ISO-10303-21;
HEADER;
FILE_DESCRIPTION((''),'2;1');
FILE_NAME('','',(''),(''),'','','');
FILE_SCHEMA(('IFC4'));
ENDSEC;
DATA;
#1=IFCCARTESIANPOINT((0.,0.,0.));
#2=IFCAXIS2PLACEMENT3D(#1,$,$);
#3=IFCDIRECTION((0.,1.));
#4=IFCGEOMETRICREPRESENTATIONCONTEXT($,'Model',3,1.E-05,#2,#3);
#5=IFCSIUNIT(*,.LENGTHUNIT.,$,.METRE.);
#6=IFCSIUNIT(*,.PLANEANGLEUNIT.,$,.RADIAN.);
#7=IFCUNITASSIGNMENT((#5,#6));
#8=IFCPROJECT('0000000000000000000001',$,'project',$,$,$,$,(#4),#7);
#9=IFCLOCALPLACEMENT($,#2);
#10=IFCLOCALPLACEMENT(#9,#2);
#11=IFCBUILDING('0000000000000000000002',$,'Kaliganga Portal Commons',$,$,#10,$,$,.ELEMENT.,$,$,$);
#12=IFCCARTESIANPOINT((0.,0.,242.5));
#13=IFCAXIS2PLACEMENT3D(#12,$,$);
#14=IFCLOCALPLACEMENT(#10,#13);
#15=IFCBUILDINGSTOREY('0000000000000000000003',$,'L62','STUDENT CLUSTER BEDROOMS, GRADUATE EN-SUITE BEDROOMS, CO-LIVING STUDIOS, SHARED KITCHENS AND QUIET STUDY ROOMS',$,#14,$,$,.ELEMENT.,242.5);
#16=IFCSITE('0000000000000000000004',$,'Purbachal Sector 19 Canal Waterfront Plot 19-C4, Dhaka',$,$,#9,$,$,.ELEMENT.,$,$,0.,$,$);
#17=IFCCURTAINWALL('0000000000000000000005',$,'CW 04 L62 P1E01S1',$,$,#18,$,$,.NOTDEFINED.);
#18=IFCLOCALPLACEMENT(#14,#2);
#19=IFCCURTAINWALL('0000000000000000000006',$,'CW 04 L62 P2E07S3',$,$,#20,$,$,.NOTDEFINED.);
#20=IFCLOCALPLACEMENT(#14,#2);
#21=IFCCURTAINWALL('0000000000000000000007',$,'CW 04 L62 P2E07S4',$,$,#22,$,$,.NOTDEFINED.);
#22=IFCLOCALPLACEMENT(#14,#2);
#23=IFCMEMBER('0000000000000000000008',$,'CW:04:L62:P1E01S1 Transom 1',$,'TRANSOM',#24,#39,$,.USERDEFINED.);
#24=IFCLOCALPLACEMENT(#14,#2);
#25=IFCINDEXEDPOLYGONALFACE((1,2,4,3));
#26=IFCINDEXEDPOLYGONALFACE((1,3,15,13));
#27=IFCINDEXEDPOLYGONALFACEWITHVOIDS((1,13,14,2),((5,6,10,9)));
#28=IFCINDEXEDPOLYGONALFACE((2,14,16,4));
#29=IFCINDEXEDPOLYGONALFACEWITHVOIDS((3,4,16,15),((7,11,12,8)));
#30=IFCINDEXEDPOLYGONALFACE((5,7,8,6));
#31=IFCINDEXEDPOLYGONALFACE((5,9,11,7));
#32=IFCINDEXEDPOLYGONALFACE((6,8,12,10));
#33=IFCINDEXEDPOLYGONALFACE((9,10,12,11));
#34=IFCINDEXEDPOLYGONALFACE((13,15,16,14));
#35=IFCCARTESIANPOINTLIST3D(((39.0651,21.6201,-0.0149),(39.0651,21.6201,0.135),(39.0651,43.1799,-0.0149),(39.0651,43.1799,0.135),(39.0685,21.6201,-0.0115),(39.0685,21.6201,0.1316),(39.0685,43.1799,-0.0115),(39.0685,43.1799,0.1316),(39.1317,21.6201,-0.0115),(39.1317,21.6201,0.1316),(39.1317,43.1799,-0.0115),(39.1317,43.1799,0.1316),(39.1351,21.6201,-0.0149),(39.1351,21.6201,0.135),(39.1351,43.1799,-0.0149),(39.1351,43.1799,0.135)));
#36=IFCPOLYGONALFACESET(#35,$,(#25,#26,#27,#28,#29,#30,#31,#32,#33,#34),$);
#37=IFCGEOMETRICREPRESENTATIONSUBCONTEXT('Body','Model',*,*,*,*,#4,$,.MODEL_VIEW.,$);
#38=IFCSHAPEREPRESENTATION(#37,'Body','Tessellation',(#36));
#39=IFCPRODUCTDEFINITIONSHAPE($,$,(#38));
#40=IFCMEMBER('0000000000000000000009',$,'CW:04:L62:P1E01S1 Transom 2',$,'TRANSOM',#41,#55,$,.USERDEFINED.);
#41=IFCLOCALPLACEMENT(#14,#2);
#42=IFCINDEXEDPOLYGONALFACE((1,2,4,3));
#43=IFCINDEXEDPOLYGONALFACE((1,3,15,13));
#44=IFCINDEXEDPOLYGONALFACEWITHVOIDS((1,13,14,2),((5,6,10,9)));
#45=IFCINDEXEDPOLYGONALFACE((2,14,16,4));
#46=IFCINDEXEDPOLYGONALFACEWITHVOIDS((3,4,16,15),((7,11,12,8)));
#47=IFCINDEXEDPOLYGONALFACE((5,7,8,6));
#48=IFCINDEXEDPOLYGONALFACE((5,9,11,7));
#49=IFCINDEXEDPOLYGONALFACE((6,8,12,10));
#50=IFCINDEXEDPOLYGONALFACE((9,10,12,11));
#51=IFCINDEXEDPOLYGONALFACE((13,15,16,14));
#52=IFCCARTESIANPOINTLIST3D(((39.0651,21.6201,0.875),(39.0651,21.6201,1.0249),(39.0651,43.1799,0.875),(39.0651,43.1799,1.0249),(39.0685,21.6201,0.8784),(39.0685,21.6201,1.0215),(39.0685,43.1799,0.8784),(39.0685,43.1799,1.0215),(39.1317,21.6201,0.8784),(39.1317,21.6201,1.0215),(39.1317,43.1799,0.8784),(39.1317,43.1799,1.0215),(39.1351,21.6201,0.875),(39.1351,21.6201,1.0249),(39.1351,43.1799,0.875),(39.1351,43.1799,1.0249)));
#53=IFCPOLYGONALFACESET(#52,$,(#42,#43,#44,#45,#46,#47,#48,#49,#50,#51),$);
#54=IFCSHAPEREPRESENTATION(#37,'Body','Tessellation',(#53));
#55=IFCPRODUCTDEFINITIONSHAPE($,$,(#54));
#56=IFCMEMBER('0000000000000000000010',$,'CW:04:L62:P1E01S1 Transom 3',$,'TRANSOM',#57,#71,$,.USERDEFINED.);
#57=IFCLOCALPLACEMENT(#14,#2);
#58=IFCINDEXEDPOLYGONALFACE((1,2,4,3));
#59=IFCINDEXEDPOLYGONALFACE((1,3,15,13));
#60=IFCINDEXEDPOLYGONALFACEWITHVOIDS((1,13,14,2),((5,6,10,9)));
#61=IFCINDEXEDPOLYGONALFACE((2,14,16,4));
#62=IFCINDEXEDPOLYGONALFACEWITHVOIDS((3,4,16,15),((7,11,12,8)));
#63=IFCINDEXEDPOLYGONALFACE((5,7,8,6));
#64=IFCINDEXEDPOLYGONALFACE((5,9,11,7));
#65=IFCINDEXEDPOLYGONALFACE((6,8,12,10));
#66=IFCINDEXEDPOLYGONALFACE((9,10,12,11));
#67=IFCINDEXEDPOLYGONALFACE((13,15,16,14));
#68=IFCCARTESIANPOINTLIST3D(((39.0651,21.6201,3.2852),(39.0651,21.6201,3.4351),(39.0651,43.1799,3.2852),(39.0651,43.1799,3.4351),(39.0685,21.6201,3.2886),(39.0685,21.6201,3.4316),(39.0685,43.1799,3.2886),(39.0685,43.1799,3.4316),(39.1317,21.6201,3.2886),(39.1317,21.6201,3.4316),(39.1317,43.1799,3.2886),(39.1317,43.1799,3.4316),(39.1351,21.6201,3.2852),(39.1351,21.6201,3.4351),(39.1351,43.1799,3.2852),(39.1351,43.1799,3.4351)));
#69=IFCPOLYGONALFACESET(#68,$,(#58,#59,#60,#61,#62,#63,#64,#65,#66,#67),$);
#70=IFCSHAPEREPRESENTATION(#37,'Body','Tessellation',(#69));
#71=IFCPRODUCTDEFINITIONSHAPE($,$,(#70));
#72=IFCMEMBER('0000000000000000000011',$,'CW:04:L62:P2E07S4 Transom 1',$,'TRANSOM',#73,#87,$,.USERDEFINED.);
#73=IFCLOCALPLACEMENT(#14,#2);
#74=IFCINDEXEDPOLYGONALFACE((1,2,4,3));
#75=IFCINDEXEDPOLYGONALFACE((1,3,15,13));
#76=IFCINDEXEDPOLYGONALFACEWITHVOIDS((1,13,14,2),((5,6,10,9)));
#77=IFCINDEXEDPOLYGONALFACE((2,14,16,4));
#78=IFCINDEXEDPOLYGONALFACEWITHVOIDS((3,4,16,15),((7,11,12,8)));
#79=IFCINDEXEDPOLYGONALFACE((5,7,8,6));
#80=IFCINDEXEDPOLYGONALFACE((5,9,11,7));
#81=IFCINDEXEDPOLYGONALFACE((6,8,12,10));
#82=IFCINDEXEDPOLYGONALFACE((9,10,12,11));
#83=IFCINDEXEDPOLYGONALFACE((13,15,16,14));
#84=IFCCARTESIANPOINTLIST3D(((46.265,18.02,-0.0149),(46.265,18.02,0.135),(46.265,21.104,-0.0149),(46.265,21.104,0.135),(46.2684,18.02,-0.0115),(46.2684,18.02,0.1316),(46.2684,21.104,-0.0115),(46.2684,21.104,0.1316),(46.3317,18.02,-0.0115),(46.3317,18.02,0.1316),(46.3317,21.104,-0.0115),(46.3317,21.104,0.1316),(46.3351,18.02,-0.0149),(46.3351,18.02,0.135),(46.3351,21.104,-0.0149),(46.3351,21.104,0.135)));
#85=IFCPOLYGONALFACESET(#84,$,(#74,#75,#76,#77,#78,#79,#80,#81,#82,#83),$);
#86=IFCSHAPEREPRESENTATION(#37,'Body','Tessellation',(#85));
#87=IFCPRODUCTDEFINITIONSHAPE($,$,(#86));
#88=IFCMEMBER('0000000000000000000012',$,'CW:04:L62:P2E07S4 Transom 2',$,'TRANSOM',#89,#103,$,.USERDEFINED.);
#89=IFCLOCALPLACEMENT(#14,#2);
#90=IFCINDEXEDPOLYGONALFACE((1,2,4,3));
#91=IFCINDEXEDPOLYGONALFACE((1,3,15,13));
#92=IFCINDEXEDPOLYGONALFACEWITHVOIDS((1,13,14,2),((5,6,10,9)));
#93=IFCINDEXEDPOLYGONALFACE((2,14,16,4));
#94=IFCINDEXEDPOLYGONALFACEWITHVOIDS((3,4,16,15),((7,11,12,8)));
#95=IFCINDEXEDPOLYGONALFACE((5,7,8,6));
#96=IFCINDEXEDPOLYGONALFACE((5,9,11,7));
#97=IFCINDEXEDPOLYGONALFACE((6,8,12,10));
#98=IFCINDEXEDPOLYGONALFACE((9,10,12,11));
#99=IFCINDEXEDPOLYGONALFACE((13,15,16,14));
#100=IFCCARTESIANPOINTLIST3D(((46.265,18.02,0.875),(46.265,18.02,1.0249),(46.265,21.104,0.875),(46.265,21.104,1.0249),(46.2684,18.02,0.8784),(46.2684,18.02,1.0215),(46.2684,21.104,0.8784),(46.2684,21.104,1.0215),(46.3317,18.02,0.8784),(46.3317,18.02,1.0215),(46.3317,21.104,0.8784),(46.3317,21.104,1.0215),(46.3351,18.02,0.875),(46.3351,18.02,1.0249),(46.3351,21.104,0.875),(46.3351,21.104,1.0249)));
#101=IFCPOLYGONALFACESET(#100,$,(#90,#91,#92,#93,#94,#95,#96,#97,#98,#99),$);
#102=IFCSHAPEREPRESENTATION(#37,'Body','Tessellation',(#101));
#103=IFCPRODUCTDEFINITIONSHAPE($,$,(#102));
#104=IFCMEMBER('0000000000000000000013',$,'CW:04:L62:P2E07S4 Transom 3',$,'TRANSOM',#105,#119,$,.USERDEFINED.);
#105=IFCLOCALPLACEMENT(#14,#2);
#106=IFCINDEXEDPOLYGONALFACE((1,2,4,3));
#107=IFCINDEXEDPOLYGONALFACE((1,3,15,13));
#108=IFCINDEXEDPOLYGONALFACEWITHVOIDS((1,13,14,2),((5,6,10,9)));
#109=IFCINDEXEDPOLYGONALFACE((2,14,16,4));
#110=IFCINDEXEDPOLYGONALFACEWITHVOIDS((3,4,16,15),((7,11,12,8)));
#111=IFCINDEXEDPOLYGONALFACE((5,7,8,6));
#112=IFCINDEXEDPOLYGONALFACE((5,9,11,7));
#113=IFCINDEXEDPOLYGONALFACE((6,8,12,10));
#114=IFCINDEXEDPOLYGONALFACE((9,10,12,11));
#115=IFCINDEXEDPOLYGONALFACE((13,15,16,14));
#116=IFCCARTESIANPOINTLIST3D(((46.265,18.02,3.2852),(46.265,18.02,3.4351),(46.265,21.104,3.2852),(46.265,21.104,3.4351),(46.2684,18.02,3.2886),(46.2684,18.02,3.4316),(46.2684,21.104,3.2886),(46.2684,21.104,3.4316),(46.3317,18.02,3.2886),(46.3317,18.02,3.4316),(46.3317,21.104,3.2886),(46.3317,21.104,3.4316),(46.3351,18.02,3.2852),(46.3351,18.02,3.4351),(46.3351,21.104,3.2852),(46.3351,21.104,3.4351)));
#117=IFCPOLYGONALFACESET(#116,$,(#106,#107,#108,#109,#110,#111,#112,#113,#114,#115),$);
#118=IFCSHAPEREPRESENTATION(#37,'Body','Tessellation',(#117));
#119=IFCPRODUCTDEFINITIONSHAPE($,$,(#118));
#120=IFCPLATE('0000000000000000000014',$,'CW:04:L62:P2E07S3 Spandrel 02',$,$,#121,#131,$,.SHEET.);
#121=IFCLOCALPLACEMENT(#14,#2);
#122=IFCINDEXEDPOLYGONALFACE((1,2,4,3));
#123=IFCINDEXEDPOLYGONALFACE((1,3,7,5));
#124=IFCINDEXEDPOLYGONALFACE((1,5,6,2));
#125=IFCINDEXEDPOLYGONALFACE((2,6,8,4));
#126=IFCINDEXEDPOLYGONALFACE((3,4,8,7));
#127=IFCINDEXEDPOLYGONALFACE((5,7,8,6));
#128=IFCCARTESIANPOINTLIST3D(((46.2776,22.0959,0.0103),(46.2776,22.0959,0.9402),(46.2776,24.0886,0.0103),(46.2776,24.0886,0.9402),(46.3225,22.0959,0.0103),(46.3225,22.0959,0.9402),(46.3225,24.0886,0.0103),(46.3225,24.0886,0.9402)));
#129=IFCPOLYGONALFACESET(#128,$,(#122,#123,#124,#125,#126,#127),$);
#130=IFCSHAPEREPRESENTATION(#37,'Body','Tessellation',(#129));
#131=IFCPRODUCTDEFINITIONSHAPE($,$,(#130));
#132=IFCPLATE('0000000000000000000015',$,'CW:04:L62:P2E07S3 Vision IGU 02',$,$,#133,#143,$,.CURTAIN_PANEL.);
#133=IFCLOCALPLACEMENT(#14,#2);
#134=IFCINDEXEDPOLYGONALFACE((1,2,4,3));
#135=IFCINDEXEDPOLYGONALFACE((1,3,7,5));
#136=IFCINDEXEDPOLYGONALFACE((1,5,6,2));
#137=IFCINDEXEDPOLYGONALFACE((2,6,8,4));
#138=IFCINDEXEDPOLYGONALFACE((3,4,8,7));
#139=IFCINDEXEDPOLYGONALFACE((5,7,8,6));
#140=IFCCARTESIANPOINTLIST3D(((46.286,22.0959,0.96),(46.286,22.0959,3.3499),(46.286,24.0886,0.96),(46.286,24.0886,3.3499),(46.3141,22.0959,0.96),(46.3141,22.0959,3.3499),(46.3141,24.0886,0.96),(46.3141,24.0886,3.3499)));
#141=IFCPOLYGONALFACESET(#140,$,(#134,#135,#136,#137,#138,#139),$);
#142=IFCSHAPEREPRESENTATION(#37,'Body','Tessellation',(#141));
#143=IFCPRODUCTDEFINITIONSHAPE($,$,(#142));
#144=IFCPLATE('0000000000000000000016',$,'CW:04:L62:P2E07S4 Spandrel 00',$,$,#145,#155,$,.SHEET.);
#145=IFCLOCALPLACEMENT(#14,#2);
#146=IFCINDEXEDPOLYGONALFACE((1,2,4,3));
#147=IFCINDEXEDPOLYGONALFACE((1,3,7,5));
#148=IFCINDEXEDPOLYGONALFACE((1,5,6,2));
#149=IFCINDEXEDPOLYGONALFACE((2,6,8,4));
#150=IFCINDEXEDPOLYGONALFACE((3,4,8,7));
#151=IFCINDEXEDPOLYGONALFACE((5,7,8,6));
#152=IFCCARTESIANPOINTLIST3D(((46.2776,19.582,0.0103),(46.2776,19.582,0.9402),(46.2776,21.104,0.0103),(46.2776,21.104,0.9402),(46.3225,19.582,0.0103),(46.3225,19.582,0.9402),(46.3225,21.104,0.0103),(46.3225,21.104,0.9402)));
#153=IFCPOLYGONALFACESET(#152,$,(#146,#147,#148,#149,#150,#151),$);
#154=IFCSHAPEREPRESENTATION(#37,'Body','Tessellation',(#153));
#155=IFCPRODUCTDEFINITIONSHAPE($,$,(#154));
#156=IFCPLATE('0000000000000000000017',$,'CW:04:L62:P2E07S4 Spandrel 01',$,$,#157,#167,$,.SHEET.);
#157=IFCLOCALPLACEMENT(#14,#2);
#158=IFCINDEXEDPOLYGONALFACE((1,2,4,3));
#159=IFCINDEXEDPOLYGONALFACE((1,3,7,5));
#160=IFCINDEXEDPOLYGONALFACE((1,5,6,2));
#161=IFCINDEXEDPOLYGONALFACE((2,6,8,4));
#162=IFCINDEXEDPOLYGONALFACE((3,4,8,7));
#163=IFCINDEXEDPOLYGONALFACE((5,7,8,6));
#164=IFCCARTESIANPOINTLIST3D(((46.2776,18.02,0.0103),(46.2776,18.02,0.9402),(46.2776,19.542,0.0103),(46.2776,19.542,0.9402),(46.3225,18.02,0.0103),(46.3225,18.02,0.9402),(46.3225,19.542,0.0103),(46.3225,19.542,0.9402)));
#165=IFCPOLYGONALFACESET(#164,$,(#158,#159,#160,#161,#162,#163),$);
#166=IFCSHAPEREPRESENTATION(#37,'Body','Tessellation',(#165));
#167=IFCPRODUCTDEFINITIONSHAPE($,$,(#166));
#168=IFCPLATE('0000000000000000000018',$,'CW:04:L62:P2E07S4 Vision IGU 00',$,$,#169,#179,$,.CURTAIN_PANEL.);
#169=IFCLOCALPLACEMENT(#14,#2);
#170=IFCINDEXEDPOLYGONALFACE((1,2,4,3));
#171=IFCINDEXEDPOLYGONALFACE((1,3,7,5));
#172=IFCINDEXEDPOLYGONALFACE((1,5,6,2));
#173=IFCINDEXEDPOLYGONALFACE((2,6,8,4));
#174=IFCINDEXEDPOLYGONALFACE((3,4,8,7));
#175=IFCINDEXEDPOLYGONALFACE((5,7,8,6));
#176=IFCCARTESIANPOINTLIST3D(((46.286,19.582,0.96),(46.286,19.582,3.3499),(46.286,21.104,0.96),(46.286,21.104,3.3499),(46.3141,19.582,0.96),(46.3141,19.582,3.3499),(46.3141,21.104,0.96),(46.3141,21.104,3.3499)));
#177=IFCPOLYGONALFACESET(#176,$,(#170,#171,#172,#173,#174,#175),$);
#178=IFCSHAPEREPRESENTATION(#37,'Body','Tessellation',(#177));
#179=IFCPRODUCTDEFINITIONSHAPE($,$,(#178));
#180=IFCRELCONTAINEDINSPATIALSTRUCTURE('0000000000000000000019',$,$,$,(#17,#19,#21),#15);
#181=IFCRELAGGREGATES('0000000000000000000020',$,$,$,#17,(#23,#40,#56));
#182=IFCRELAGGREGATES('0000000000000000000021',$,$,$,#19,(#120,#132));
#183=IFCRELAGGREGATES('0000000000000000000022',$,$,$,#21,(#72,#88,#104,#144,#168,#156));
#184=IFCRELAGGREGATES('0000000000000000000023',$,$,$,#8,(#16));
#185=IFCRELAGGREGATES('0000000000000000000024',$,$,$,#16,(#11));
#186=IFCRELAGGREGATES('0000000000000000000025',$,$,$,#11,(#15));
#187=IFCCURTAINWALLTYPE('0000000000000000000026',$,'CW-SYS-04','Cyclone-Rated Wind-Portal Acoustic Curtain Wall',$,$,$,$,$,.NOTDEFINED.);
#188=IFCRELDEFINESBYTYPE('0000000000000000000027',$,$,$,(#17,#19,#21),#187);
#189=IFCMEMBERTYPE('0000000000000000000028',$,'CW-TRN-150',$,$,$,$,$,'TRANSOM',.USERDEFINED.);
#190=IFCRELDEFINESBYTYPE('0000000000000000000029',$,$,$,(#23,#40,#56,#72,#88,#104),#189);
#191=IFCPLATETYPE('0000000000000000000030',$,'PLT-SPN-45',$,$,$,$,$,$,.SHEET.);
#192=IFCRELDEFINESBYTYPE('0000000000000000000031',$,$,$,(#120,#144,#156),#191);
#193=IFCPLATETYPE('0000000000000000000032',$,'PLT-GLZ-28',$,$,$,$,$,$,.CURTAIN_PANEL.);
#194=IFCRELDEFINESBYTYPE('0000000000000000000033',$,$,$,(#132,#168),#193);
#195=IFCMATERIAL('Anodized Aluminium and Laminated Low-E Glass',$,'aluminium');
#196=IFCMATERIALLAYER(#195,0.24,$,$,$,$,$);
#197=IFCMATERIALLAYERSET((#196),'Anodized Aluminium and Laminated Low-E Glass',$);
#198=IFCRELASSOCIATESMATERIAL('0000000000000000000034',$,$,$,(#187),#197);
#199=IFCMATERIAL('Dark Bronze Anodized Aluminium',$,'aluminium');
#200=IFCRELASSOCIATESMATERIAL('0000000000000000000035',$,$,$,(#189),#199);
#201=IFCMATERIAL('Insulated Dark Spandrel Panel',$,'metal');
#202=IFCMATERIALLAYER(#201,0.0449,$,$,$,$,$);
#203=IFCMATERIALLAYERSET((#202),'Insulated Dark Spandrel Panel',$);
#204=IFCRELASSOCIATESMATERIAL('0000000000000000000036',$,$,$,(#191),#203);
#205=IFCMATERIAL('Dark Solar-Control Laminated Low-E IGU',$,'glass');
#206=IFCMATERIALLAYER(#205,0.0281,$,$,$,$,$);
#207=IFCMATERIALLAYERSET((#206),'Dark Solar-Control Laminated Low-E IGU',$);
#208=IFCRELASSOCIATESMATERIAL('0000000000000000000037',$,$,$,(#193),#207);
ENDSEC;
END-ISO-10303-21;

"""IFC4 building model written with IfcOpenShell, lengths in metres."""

from ifc_helpers import new_model, si_unit, direction, frame, origin, origin_2d, place, context, subcontext, project, spatial, rectangle, hollow_rectangle, extrude, source, transform, mapped, material, layer, layer_set, material_profile, profile_set, type_object, element, aggregate, save


model = new_model("IFC4")

# Units and contexts
model_context = context("Model", 3, precision=1e-05, world=origin(), true_north=direction((0.0, 1.0)))
body_context = subcontext(model_context, "Body", "Model", "MODEL_VIEW")
ifc_project = project(units=[si_unit("LENGTHUNIT", "METRE"), si_unit("PLANEANGLEUNIT", "RADIAN")], contexts=[model_context])

# Site, building, storey
site_placement = place(None, origin())
site = spatial("IfcSite", under=ifc_project, at=site_placement, Name="Purbachal Sector 19 Canal Waterfront Plot 19-C4, Dhaka", CompositionType="ELEMENT", RefElevation=0.0)
building_placement = place(site_placement, origin())
building = spatial("IfcBuilding", under=site, at=building_placement, Name="Kaliganga Portal Commons", CompositionType="ELEMENT")
storey_placement = place(building_placement, frame((0.0, 0.0, 242.5)))
storey = spatial("IfcBuildingStorey", under=building, at=storey_placement, Name="L62", Description="STUDENT CLUSTER BEDROOMS, GRADUATE EN-SUITE BEDROOMS, CO-LIVING STUDIOS, SHARED KITCHENS AND QUIET STUDY ROOMS", CompositionType="ELEMENT", Elevation=242.5)

# Curtain wall
ifc_material_1 = material(Name="Anodized Aluminium and Laminated Low-E Glass", Category="aluminium")
ifc_layer_1 = layer(ifc_material_1, 0.24)
ifc_layer_set_1 = layer_set([ifc_layer_1], Name="Anodized Aluminium and Laminated Low-E Glass")
curtain_wall_type = type_object("IfcCurtainWallType", Name="CW-SYS-04", Description="Cyclone-Rated Wind-Portal Acoustic Curtain Wall", PredefinedType="NOTDEFINED", material=ifc_layer_set_1)
curtain_wall_1_placement = place(storey_placement, origin())
curtain_wall_1 = element("IfcCurtainWall", 1, at=curtain_wall_1_placement, inside=storey, type_object=curtain_wall_type, Name="CW 04 L62 P1E01S1", PredefinedType="NOTDEFINED")
ifc_material_2 = material(Name="Dark Bronze Anodized Aluminium", Category="aluminium")

# Curtain wall
curtain_wall_2_placement = place(storey_placement, origin())
curtain_wall_2 = element("IfcCurtainWall", 2, at=curtain_wall_2_placement, inside=storey, type_object=curtain_wall_type, Name="CW 04 L62 P2E07S3", PredefinedType="NOTDEFINED")

# Curtain wall
curtain_wall_3_placement = place(storey_placement, origin())
curtain_wall_3 = element("IfcCurtainWall", 3, at=curtain_wall_3_placement, inside=storey, type_object=curtain_wall_type, Name="CW 04 L62 P2E07S4", PredefinedType="NOTDEFINED")

# Members
ifc_material_profile_1 = material_profile(ifc_material_2, hollow_rectangle(XDim=0.0701, YDim=0.1499, WallThickness=0.0034, at=origin_2d()), Name="ALU TRAN 70x150x3.5")
ifc_profile_set_1 = profile_set([ifc_material_profile_1], Name="Dark Bronze Anodized Aluminium")
member_type_1 = type_object("IfcMemberType", Name="CW-TRN-150", ElementType="TRANSOM", PredefinedType="USERDEFINED", material=ifc_profile_set_1)
shared_shape_1 = source(origin(), body_context, "Body", "SweptSolid", [
    extrude(hollow_rectangle(XDim=0.0701, YDim=0.1499, WallThickness=0.0034, at=origin_2d()), origin(), (0.0, 0.0, 1.0), 21.5598),
])
member_1_placement = place(storey_placement, frame((39.1001, 21.6201, 0.0601), z_axis=(0.0, 1.0, 0.0), x_axis=(-1.0, 0.0, 0.0)))
member_1 = element("IfcMember", 4, at=member_1_placement, type_object=member_type_1, Name="CW:04:L62:P1E01S1 Transom 1", ObjectType="TRANSOM", PredefinedType="USERDEFINED", context=body_context, shape_type="MappedRepresentation", body=[
    mapped(shared_shape_1, transform((0.0, 0.0, 0.0), x_axis=(1.0, 0.0, 0.0), y_axis=(0.0, 1.0, 0.0), z_axis=(0.0, 0.0, 1.0), scale=1.0)),
])
member_2_placement = place(storey_placement, frame((39.1001, 21.6201, 0.95), z_axis=(0.0, 1.0, 0.0), x_axis=(-1.0, 0.0, 0.0)))
member_2 = element("IfcMember", 5, at=member_2_placement, type_object=member_type_1, Name="CW:04:L62:P1E01S1 Transom 2", ObjectType="TRANSOM", PredefinedType="USERDEFINED", context=body_context, shape_type="MappedRepresentation", body=[
    mapped(shared_shape_1, transform((0.0, 0.0, 0.0), x_axis=(1.0, 0.0, 0.0), y_axis=(0.0, 1.0, 0.0), z_axis=(0.0, 0.0, 1.0), scale=1.0)),
])
member_3_placement = place(storey_placement, frame((39.1001, 21.6201, 3.3601), z_axis=(0.0, 1.0, 0.0), x_axis=(-1.0, 0.0, 0.0)))
member_3 = element("IfcMember", 6, at=member_3_placement, type_object=member_type_1, Name="CW:04:L62:P1E01S1 Transom 3", ObjectType="TRANSOM", PredefinedType="USERDEFINED", context=body_context, shape_type="MappedRepresentation", body=[
    mapped(shared_shape_1, transform((0.0, 0.0, 0.0), x_axis=(1.0, 0.0, 0.0), y_axis=(0.0, 1.0, 0.0), z_axis=(0.0, 0.0, 1.0), scale=1.0)),
])
aggregate(curtain_wall_1, [member_1, member_2, member_3])
shared_shape_2 = source(origin(), body_context, "Body", "SweptSolid", [
    extrude(hollow_rectangle(XDim=0.0701, YDim=0.1499, WallThickness=0.0034, at=origin_2d()), origin(), (0.0, 0.0, 1.0), 3.084),
])
member_4_placement = place(storey_placement, frame((46.3, 21.104, 0.0601), z_axis=(0.0, -1.0, 0.0), x_axis=(1.0, 0.0, 0.0)))
member_4 = element("IfcMember", 7, at=member_4_placement, type_object=member_type_1, Name="CW:04:L62:P2E07S4 Transom 1", ObjectType="TRANSOM", PredefinedType="USERDEFINED", context=body_context, shape_type="MappedRepresentation", body=[
    mapped(shared_shape_2, transform((0.0, 0.0, 0.0), x_axis=(1.0, 0.0, 0.0), y_axis=(0.0, 1.0, 0.0), z_axis=(0.0, 0.0, 1.0), scale=1.0)),
])
member_5_placement = place(storey_placement, frame((46.3, 21.104, 0.95), z_axis=(0.0, -1.0, 0.0), x_axis=(1.0, 0.0, 0.0)))
member_5 = element("IfcMember", 8, at=member_5_placement, type_object=member_type_1, Name="CW:04:L62:P2E07S4 Transom 2", ObjectType="TRANSOM", PredefinedType="USERDEFINED", context=body_context, shape_type="MappedRepresentation", body=[
    mapped(shared_shape_2, transform((0.0, 0.0, 0.0), x_axis=(1.0, 0.0, 0.0), y_axis=(0.0, 1.0, 0.0), z_axis=(0.0, 0.0, 1.0), scale=1.0)),
])
member_6_placement = place(storey_placement, frame((46.3, 21.104, 3.3601), z_axis=(0.0, -1.0, 0.0), x_axis=(1.0, 0.0, 0.0)))
member_6 = element("IfcMember", 9, at=member_6_placement, type_object=member_type_1, Name="CW:04:L62:P2E07S4 Transom 3", ObjectType="TRANSOM", PredefinedType="USERDEFINED", context=body_context, shape_type="MappedRepresentation", body=[
    mapped(shared_shape_2, transform((0.0, 0.0, 0.0), x_axis=(1.0, 0.0, 0.0), y_axis=(0.0, 1.0, 0.0), z_axis=(0.0, 0.0, 1.0), scale=1.0)),
])

# Plates
ifc_material_3 = material(Name="Insulated Dark Spandrel Panel", Category="metal")
ifc_layer_2 = layer(ifc_material_3, 0.0449)
ifc_layer_set_2 = layer_set([ifc_layer_2], Name="Insulated Dark Spandrel Panel")
plate_type_1 = type_object("IfcPlateType", Name="PLT-SPN-45", PredefinedType="SHEET", material=ifc_layer_set_2)
shared_shape_3 = source(origin(), body_context, "Body", "SweptSolid", [
    extrude(rectangle(XDim=1.9927, YDim=0.0449, at=origin_2d()), origin(), (0.0, 0.0, 1.0), 0.9299),
])
plate_1_placement = place(storey_placement, frame((46.3, 23.0923, 0.0103), z_axis=(0.0, 0.0, 1.0), x_axis=(0.0, -1.0, 0.0)))
plate_1 = element("IfcPlate", 10, at=plate_1_placement, type_object=plate_type_1, Name="CW:04:L62:P2E07S3 Spandrel 02", PredefinedType="SHEET", context=body_context, shape_type="MappedRepresentation", body=[
    mapped(shared_shape_3, transform((0.0, 0.0, 0.0), x_axis=(1.0, 0.0, 0.0), y_axis=(0.0, 1.0, 0.0), z_axis=(0.0, 0.0, 1.0), scale=1.0)),
])
ifc_material_4 = material(Name="Dark Solar-Control Laminated Low-E IGU", Category="glass")
ifc_layer_3 = layer(ifc_material_4, 0.0281)
ifc_layer_set_3 = layer_set([ifc_layer_3], Name="Dark Solar-Control Laminated Low-E IGU")
plate_type_2 = type_object("IfcPlateType", Name="PLT-GLZ-28", PredefinedType="CURTAIN_PANEL", material=ifc_layer_set_3)
shared_shape_4 = source(origin(), body_context, "Body", "SweptSolid", [
    extrude(rectangle(XDim=1.9927, YDim=0.0281, at=origin_2d()), origin(), (0.0, 0.0, 1.0), 2.3899),
])
plate_2_placement = place(storey_placement, frame((46.3, 23.0923, 0.96), z_axis=(0.0, 0.0, 1.0), x_axis=(0.0, -1.0, 0.0)))
plate_2 = element("IfcPlate", 11, at=plate_2_placement, type_object=plate_type_2, Name="CW:04:L62:P2E07S3 Vision IGU 02", PredefinedType="CURTAIN_PANEL", context=body_context, shape_type="MappedRepresentation", body=[
    mapped(shared_shape_4, transform((0.0, 0.0, 0.0), x_axis=(1.0, 0.0, 0.0), y_axis=(0.0, 1.0, 0.0), z_axis=(0.0, 0.0, 1.0), scale=1.0)),
])
aggregate(curtain_wall_2, [plate_1, plate_2])
shared_shape_5 = source(origin(), body_context, "Body", "SweptSolid", [
    extrude(rectangle(XDim=1.522, YDim=0.0449, at=origin_2d()), origin(), (0.0, 0.0, 1.0), 0.9299),
])
plate_3_placement = place(storey_placement, frame((46.3, 20.343, 0.0103), z_axis=(0.0, 0.0, 1.0), x_axis=(0.0, -1.0, 0.0)))
plate_3 = element("IfcPlate", 12, at=plate_3_placement, type_object=plate_type_1, Name="CW:04:L62:P2E07S4 Spandrel 00", PredefinedType="SHEET", context=body_context, shape_type="MappedRepresentation", body=[
    mapped(shared_shape_5, transform((0.0, 0.0, 0.0), x_axis=(1.0, 0.0, 0.0), y_axis=(0.0, 1.0, 0.0), z_axis=(0.0, 0.0, 1.0), scale=1.0)),
])
plate_4_placement = place(storey_placement, frame((46.3, 18.781, 0.0103), z_axis=(0.0, 0.0, 1.0), x_axis=(0.0, -1.0, 0.0)))
plate_4 = element("IfcPlate", 13, at=plate_4_placement, type_object=plate_type_1, Name="CW:04:L62:P2E07S4 Spandrel 01", PredefinedType="SHEET", context=body_context, shape_type="MappedRepresentation", body=[
    mapped(shared_shape_5, transform((0.0, 0.0, 0.0), x_axis=(1.0, 0.0, 0.0), y_axis=(0.0, 1.0, 0.0), z_axis=(0.0, 0.0, 1.0), scale=1.0)),
])
shared_shape_6 = source(origin(), body_context, "Body", "SweptSolid", [
    extrude(rectangle(XDim=1.522, YDim=0.0281, at=origin_2d()), origin(), (0.0, 0.0, 1.0), 2.3899),
])
plate_5_placement = place(storey_placement, frame((46.3, 20.343, 0.96), z_axis=(0.0, 0.0, 1.0), x_axis=(0.0, -1.0, 0.0)))
plate_5 = element("IfcPlate", 14, at=plate_5_placement, type_object=plate_type_2, Name="CW:04:L62:P2E07S4 Vision IGU 00", PredefinedType="CURTAIN_PANEL", context=body_context, shape_type="MappedRepresentation", body=[
    mapped(shared_shape_6, transform((0.0, 0.0, 0.0), x_axis=(1.0, 0.0, 0.0), y_axis=(0.0, 1.0, 0.0), z_axis=(0.0, 0.0, 1.0), scale=1.0)),
])
aggregate(curtain_wall_3, [member_4, member_5, member_6, plate_3, plate_5, plate_4])

save(model, "model.ifc")
